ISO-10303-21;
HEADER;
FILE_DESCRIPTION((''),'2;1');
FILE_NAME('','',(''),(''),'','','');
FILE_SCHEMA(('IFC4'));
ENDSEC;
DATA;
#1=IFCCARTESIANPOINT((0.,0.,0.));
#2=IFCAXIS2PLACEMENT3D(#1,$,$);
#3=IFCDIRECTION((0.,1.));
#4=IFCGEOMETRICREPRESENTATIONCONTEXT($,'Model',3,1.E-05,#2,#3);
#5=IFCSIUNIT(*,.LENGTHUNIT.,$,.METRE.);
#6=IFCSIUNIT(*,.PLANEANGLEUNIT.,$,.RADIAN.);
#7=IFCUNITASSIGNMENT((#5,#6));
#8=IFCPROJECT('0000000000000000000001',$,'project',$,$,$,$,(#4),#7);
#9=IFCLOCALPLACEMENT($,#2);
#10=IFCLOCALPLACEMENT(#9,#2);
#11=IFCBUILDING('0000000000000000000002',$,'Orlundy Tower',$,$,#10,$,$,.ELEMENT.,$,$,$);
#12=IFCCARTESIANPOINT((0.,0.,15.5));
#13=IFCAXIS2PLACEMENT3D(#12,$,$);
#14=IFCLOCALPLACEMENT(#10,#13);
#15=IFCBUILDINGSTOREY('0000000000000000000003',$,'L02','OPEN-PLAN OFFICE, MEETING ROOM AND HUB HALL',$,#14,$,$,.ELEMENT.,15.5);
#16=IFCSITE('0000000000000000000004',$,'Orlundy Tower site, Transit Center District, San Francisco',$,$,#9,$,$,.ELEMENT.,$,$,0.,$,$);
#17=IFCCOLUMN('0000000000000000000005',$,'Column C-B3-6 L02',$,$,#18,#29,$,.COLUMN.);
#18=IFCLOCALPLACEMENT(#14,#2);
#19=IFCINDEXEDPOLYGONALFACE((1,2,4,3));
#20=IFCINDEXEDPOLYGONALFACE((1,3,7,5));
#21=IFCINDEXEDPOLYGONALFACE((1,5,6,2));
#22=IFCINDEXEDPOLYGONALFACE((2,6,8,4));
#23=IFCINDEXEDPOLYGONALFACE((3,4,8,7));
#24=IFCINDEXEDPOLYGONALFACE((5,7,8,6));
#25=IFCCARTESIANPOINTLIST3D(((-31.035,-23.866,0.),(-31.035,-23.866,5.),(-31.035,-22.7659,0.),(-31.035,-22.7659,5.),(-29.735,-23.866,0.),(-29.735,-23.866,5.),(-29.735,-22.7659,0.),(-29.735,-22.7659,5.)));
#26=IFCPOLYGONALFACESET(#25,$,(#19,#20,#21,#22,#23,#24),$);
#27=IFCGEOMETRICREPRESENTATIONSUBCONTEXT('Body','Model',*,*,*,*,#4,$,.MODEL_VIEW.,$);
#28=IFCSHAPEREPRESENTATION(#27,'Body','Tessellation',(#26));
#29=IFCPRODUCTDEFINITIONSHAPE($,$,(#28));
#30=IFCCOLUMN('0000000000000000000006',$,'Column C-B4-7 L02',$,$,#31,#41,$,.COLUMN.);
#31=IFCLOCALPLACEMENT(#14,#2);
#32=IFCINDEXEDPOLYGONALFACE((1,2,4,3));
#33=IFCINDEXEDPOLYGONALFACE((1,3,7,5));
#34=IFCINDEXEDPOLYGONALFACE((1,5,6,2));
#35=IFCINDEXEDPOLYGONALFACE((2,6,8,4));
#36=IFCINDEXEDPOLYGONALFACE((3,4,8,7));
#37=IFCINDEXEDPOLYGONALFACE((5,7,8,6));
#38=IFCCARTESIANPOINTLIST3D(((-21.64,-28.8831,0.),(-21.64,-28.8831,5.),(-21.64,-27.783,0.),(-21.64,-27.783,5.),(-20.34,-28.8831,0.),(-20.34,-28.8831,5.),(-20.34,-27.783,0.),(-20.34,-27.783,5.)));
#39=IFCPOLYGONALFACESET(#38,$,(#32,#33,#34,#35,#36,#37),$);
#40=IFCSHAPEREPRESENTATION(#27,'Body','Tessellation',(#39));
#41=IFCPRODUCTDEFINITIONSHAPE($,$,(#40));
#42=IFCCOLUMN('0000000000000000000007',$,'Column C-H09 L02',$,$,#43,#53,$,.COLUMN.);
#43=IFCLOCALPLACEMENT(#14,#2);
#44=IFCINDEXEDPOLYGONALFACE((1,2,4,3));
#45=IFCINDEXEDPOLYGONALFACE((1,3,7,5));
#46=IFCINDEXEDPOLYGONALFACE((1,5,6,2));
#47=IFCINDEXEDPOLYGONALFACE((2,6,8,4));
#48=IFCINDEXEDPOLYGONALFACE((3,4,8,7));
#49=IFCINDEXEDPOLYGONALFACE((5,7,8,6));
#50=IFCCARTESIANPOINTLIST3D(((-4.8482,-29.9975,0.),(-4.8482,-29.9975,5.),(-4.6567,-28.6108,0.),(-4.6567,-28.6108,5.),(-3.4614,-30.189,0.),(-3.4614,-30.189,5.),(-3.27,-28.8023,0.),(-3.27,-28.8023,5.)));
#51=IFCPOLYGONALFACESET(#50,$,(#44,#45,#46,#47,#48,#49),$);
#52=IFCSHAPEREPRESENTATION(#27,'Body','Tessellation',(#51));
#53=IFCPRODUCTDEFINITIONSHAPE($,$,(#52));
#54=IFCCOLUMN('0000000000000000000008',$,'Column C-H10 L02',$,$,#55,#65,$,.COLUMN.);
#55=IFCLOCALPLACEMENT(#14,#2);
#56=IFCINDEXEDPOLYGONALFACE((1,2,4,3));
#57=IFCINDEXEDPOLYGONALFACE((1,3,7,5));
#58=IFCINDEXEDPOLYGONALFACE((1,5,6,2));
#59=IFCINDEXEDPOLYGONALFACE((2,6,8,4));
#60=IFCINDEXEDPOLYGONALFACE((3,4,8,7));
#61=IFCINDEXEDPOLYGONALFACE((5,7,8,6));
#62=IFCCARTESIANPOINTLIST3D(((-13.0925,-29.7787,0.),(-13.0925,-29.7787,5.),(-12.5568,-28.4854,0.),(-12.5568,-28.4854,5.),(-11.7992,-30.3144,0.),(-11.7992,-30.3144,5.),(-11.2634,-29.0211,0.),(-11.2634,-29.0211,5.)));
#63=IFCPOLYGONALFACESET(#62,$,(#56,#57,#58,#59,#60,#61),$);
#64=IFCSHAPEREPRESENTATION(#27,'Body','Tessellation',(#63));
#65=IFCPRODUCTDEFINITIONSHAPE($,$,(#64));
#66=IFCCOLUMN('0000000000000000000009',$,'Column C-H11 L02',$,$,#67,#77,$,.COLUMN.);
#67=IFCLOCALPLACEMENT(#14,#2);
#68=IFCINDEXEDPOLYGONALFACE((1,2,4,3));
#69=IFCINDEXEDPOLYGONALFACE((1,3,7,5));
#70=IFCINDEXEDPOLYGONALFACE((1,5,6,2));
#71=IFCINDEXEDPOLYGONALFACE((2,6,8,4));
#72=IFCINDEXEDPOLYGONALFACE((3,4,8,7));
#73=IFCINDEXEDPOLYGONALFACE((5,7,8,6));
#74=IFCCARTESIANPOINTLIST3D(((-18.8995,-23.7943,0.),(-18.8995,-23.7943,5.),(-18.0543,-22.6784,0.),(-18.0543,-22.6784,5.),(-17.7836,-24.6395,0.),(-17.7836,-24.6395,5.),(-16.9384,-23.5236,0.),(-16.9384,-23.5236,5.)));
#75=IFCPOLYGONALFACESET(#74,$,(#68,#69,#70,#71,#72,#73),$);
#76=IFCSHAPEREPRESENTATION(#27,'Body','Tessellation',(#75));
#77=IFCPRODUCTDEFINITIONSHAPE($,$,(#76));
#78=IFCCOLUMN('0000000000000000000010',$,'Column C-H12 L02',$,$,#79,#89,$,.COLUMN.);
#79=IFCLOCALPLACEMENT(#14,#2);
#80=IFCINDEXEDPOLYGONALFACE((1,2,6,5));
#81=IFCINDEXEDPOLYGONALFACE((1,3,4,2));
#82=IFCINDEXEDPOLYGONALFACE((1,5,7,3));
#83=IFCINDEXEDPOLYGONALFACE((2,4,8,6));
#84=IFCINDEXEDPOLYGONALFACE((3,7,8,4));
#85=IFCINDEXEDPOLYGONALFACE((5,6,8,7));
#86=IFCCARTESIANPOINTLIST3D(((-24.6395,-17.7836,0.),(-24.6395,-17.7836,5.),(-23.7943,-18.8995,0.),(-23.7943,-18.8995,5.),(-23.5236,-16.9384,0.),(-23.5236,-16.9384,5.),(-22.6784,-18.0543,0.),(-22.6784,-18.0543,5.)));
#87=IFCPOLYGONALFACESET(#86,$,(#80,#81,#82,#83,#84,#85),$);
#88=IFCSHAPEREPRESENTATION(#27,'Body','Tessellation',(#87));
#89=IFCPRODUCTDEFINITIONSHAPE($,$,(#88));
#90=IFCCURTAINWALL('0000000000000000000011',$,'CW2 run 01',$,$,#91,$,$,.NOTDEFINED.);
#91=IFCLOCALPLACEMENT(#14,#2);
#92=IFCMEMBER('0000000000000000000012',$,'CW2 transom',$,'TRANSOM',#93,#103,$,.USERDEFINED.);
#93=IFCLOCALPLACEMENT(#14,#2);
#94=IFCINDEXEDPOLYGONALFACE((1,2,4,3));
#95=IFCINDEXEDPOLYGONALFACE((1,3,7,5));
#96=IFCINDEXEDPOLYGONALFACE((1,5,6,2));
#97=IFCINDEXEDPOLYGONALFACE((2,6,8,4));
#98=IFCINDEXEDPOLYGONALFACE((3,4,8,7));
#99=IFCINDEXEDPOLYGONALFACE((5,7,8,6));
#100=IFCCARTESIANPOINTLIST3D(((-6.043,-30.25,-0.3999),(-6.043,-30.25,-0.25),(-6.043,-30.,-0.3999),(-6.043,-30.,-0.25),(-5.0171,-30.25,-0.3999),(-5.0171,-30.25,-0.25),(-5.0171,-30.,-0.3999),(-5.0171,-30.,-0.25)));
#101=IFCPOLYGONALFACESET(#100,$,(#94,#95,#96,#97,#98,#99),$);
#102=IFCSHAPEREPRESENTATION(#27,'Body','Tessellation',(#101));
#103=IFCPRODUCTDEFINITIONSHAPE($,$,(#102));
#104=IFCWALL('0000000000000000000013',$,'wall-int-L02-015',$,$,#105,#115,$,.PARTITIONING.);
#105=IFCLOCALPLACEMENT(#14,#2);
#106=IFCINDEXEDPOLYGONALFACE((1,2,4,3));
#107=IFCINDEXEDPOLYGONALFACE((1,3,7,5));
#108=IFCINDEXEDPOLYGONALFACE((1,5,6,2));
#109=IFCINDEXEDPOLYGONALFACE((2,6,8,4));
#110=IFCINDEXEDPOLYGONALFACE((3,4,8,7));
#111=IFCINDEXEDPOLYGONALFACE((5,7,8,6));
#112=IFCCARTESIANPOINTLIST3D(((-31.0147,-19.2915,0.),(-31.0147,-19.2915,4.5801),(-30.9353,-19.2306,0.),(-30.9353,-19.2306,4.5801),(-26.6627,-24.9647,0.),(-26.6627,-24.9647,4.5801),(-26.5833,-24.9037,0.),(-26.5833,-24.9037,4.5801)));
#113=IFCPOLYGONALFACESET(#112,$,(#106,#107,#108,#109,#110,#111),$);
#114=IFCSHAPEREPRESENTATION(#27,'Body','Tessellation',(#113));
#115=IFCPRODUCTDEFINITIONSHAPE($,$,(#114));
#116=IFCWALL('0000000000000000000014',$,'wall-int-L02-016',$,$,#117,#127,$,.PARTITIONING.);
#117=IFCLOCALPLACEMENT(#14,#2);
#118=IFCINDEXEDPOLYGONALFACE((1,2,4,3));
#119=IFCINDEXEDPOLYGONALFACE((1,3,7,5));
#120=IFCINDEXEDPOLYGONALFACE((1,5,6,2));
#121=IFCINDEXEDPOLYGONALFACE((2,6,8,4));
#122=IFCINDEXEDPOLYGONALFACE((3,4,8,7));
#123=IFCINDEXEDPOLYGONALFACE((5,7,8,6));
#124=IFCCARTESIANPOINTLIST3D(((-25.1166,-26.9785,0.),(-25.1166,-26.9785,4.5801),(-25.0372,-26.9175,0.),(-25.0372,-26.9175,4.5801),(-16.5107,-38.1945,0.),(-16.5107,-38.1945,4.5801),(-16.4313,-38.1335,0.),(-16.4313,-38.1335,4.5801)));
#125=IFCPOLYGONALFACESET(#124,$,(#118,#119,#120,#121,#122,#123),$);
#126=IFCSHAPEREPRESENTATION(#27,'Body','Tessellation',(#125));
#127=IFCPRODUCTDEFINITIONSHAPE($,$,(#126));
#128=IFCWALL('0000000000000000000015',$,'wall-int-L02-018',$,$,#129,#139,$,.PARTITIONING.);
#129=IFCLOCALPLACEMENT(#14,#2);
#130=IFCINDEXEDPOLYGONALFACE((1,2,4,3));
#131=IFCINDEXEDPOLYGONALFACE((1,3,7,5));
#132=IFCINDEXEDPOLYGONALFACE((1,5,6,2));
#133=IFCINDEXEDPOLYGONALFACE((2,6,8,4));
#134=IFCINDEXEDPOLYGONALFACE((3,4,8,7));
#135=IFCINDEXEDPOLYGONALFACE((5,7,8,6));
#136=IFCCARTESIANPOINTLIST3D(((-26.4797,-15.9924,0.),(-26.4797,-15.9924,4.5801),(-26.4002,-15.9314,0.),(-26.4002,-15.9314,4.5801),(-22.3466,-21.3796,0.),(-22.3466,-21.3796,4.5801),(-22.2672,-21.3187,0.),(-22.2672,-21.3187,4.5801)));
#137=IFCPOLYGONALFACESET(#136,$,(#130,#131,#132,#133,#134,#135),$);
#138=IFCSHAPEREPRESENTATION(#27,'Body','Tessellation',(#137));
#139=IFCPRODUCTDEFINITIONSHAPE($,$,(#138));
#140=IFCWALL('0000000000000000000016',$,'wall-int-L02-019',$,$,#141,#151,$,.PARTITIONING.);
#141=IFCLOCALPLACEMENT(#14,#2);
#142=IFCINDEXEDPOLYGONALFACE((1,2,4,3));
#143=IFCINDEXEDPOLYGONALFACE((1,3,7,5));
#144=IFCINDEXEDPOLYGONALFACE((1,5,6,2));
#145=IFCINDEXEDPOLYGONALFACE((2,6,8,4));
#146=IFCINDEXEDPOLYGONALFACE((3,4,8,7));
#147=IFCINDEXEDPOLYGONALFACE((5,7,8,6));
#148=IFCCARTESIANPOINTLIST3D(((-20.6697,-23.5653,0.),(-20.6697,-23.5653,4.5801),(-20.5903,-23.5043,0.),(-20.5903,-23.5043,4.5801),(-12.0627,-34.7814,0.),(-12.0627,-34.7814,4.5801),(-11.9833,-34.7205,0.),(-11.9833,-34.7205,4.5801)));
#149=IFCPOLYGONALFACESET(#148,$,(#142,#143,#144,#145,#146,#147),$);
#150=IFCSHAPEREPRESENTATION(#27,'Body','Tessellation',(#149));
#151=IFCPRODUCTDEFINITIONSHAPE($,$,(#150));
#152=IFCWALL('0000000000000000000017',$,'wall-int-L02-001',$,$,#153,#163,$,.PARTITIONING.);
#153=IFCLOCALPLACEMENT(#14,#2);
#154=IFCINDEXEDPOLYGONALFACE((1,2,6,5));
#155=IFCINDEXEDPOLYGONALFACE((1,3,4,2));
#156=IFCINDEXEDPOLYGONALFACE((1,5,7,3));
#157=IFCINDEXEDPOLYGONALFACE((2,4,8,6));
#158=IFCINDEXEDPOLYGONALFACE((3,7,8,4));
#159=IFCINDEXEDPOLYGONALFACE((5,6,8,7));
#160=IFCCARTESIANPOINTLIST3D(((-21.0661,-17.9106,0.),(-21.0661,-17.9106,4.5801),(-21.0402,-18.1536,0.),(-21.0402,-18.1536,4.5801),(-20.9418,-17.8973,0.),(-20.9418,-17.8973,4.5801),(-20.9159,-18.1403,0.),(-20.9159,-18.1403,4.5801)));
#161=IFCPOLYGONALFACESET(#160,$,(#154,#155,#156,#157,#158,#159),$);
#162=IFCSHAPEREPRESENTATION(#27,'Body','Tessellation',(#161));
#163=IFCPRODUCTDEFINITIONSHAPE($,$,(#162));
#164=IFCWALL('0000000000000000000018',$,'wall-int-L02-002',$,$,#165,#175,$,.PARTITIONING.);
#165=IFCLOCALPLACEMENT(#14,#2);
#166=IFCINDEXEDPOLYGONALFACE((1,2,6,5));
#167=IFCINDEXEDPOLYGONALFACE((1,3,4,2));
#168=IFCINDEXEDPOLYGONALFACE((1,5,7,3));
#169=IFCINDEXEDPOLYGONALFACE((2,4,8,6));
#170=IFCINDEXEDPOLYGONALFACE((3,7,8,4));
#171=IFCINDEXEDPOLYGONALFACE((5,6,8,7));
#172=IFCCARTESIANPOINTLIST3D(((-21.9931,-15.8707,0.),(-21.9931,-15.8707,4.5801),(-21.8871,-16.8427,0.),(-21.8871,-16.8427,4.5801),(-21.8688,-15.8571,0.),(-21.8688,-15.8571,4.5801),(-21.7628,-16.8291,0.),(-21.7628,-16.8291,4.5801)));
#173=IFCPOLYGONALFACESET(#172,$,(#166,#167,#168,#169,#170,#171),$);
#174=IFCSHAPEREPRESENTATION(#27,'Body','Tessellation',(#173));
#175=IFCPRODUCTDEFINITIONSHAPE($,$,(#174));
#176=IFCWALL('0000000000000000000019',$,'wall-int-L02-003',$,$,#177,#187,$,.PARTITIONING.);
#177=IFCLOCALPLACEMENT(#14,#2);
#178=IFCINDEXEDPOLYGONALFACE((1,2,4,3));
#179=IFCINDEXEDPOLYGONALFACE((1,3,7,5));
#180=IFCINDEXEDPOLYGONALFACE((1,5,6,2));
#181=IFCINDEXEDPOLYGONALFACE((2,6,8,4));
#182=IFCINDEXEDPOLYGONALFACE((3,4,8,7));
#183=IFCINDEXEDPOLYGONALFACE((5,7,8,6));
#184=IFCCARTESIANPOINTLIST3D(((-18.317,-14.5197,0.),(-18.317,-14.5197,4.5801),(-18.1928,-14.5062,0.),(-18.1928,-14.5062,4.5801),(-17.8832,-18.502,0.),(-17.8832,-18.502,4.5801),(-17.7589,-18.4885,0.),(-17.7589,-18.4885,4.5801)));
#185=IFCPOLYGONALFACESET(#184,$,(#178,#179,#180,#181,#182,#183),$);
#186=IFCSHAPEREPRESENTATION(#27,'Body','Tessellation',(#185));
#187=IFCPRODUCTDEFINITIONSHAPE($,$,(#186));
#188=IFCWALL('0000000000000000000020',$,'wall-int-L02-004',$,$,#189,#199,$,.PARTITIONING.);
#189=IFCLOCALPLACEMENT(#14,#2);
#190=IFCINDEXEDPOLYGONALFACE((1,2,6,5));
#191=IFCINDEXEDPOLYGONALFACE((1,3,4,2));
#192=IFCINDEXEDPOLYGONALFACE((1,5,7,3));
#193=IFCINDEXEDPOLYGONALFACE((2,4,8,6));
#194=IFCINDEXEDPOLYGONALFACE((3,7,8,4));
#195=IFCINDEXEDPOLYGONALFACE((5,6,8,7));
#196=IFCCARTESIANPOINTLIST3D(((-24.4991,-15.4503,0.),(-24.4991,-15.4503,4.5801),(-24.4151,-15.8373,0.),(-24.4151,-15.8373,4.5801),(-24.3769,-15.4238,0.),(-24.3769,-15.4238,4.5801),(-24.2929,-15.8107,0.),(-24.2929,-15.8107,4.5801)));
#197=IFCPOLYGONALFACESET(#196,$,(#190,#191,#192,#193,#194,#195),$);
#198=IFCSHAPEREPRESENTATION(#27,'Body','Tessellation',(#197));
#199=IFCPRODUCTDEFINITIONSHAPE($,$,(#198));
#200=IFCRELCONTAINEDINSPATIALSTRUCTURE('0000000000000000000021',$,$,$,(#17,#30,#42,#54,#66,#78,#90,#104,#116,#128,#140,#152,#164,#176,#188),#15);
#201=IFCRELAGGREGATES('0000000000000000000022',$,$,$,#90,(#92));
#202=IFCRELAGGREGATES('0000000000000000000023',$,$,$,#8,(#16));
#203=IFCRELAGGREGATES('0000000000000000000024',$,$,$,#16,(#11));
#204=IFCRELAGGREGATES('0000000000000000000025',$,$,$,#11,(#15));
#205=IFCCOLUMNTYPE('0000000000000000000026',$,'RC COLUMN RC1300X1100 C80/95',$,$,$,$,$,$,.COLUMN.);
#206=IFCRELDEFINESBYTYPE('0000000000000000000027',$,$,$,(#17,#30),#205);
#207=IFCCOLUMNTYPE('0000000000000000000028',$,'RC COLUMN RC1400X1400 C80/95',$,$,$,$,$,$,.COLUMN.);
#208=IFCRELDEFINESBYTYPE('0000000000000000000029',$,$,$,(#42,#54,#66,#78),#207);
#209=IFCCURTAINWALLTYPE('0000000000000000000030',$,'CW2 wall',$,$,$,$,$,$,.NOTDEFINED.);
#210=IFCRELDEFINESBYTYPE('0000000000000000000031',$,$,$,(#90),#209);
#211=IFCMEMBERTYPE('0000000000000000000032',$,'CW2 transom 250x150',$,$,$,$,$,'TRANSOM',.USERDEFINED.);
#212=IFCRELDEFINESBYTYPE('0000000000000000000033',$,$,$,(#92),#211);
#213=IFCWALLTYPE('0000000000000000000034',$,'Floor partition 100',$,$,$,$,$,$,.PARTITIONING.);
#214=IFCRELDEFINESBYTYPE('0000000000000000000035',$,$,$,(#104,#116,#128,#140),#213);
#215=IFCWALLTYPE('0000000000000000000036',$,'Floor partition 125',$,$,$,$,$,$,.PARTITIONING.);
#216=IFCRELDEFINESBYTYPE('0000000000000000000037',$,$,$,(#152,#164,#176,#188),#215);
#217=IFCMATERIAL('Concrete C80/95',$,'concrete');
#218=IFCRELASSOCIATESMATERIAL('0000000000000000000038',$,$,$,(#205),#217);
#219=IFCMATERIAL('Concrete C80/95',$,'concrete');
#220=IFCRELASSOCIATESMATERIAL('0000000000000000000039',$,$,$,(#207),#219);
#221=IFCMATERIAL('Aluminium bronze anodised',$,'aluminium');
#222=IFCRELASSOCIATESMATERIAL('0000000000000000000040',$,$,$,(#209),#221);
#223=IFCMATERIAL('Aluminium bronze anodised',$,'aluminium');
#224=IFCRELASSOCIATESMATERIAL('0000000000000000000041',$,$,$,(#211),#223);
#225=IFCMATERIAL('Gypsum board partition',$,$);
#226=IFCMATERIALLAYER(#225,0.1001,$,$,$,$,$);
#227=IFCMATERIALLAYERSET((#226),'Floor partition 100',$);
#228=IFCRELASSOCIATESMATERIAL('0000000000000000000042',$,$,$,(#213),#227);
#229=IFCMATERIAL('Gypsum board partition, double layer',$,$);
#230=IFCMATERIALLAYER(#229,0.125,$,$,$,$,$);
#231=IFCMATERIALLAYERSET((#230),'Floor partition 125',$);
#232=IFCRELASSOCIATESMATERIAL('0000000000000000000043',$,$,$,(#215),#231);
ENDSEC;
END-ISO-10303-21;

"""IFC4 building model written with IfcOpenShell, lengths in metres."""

from ifc_helpers import new_model, si_unit, direction, frame, frame_2d, origin, origin_2d, place, context, subcontext, project, spatial, rectangle, extrude, material, layer, layer_set, material_profile, profile_set, type_object, element, aggregate, save


model = new_model("IFC4")

# Units and contexts
model_context = context("Model", 3, precision=1e-05, world=origin(), true_north=direction((0.0, 1.0)))
body_context = subcontext(model_context, "Body", "Model", "MODEL_VIEW")
ifc_project = project(units=[si_unit("LENGTHUNIT", "METRE"), si_unit("PLANEANGLEUNIT", "RADIAN")], contexts=[model_context])

# Site, building, storey
site_placement = place(None, origin())
site = spatial("IfcSite", under=ifc_project, at=site_placement, Name="Orlundy Tower site, Transit Center District, San Francisco", CompositionType="ELEMENT", RefElevation=0.0)
building_placement = place(site_placement, origin())
building = spatial("IfcBuilding", under=site, at=building_placement, Name="Orlundy Tower", CompositionType="ELEMENT")
storey_placement = place(building_placement, frame((0.0, 0.0, 15.5)))
storey = spatial("IfcBuildingStorey", under=building, at=storey_placement, Name="L02", Description="OPEN-PLAN OFFICE, MEETING ROOM AND HUB HALL", CompositionType="ELEMENT", Elevation=15.5)

# Columns
ifc_material_1 = material(Name="Concrete C80/95", Category="concrete")
ifc_material_profile_1 = material_profile(ifc_material_1, rectangle(XDim=1.3, YDim=1.1001, at=origin_2d()), Name="RC1300X1100")
ifc_profile_set_1 = profile_set([ifc_material_profile_1], Name="Concrete C80/95")
column_type_1 = type_object("IfcColumnType", Name="RC COLUMN RC1300X1100 C80/95", PredefinedType="COLUMN", material=ifc_profile_set_1)
for number, where, z_axis, x_axis, name in (
    (1, (-30.385, -23.3159, 0.0), (0.0, 0.0, 1.0), (1.0, 0.0, 0.0), "Column C-B3-6 L02"),
    (2, (-20.99, -28.333, 0.0), (0.0, 0.0, 1.0), (1.0, 0.0, 0.0), "Column C-B4-7 L02"),
):
    element("IfcColumn", number, at=place(storey_placement, frame(where, z_axis=z_axis, x_axis=x_axis)), inside=storey, type_object=column_type_1, Name=name, PredefinedType="COLUMN", context=body_context, shape_type="SweptSolid", body=[
        extrude(rectangle(XDim=1.3, YDim=1.1001, at=origin_2d()), origin(), (0.0, 0.0, 1.0), 5.0),
    ])
ifc_material_2 = material(Name="Concrete C80/95", Category="concrete")
ifc_material_profile_2 = material_profile(ifc_material_2, rectangle(XDim=1.3999, YDim=1.3999, at=origin_2d()), Name="RC1400X1400")
ifc_profile_set_2 = profile_set([ifc_material_profile_2], Name="Concrete C80/95")
column_type_2 = type_object("IfcColumnType", Name="RC COLUMN RC1400X1400 C80/95", PredefinedType="COLUMN", material=ifc_profile_set_2)
for number, where, z_axis, x_axis, name in (
    (3, (-4.0591, -29.3999, 0.0), (0.0, 0.0, 1.0), (-0.13677, -0.990603, 0.0), "Column C-H09 L02"),
    (4, (-12.178, -29.3999, 0.0), (0.0, 0.0, 1.0), (-0.382683, -0.92388, 0.0), "Column C-H10 L02"),
    (5, (-17.9189, -23.6589, 0.0), (0.0, 0.0, 1.0), (-0.603765, -0.797163, 0.0), "Column C-H11 L02"),
    (6, (-23.6589, -17.9189, 0.0), (0.0, 0.0, 1.0), (-0.797163, -0.603765, 0.0), "Column C-H12 L02"),
):
    element("IfcColumn", number, at=place(storey_placement, frame(where, z_axis=z_axis, x_axis=x_axis)), inside=storey, type_object=column_type_2, Name=name, PredefinedType="COLUMN", context=body_context, shape_type="SweptSolid", body=[
        extrude(rectangle(XDim=1.3999, YDim=1.3999, at=origin_2d()), origin(), (0.0, 0.0, 1.0), 5.0),
    ])

# Curtain wall, member
ifc_material_3 = material(Name="Aluminium bronze anodised", Category="aluminium")
curtain_wall_type = type_object("IfcCurtainWallType", Name="CW2 wall", PredefinedType="NOTDEFINED", material=ifc_material_3)
curtain_wall_placement = place(storey_placement, origin())
curtain_wall = element("IfcCurtainWall", 7, at=curtain_wall_placement, inside=storey, type_object=curtain_wall_type, Name="CW2 run 01", PredefinedType="NOTDEFINED")
ifc_material_4 = material(Name="Aluminium bronze anodised", Category="aluminium")
ifc_material_profile_3 = material_profile(ifc_material_4, rectangle(XDim=0.25, YDim=0.1499, at=origin_2d()), Name="CW2 transom 250x150")
ifc_profile_set_3 = profile_set([ifc_material_profile_3], Name="Aluminium bronze anodised")
member_type = type_object("IfcMemberType", Name="CW2 transom 250x150", ElementType="TRANSOM", PredefinedType="USERDEFINED", material=ifc_profile_set_3)
member_placement = place(storey_placement, frame((-5.0171, -30.125, -0.325), z_axis=(-1.0, 0.0, 0.0), x_axis=(0.0, -1.0, 0.0)))
member = element("IfcMember", 8, at=member_placement, type_object=member_type, Name="CW2 transom", ObjectType="TRANSOM", PredefinedType="USERDEFINED", context=body_context, shape_type="SweptSolid", body=[
    extrude(rectangle(XDim=0.25, YDim=0.1499, at=origin_2d()), origin(), (0.0, 0.0, 1.0), 1.0259),
])
aggregate(curtain_wall, [member])

# Walls
ifc_material_5 = material(Name="Gypsum board partition")
ifc_layer_1 = layer(ifc_material_5, 0.1001)
ifc_layer_set_1 = layer_set([ifc_layer_1], Name="Floor partition 100")
wall_type_1 = type_object("IfcWallType", Name="Floor partition 100", PredefinedType="PARTITIONING", material=ifc_layer_set_1)
wall_1_placement = place(storey_placement, frame((-30.9751, -19.261, 0.0), z_axis=(0.0, 0.0, 1.0), x_axis=(0.608667, -0.793426, 0.0)))
element("IfcWall", 9, at=wall_1_placement, inside=storey, type_object=wall_type_1, Name="wall-int-L02-015", PredefinedType="PARTITIONING", context=body_context, shape_type="SweptSolid", body=[
    extrude(rectangle(XDim=7.1501, YDim=0.1001, at=frame_2d((3.5752, 0.0))), origin(), (0.0, 0.0, 1.0), 4.5801),
])
wall_2_placement = place(storey_placement, frame((-25.0769, -26.948, 0.0), z_axis=(0.0, 0.0, 1.0), x_axis=(0.608742, -0.793368, 0.0)))
element("IfcWall", 10, at=wall_2_placement, inside=storey, type_object=wall_type_1, Name="wall-int-L02-016", PredefinedType="PARTITIONING", context=body_context, shape_type="SweptSolid", body=[
    extrude(rectangle(XDim=14.1372, YDim=0.1001, at=frame_2d((7.0686, 0.0))), origin(), (0.0, 0.0, 1.0), 4.5801),
])
wall_3_placement = place(storey_placement, frame((-26.4399, -15.9619, 0.0), z_axis=(0.0, 0.0, 1.0), x_axis=(0.608697, -0.793403, 0.0)))
element("IfcWall", 11, at=wall_3_placement, inside=storey, type_object=wall_type_1, Name="wall-int-L02-018", PredefinedType="PARTITIONING", context=body_context, shape_type="SweptSolid", body=[
    extrude(rectangle(XDim=6.79, YDim=0.1001, at=frame_2d((3.395, 0.0))), origin(), (0.0, 0.0, 1.0), 4.5801),
])
wall_4_placement = place(storey_placement, frame((-20.6299, -23.5349, 0.0), z_axis=(0.0, 0.0, 1.0), x_axis=(0.608786, -0.793335, 0.0)))
element("IfcWall", 12, at=wall_4_placement, inside=storey, type_object=wall_type_1, Name="wall-int-L02-019", PredefinedType="PARTITIONING", context=body_context, shape_type="SweptSolid", body=[
    extrude(rectangle(XDim=14.1379, YDim=0.1001, at=frame_2d((7.0688, 0.0))), origin(), (0.0, 0.0, 1.0), 4.5801),
])
ifc_material_6 = material(Name="Gypsum board partition, double layer")
ifc_layer_2 = layer(ifc_material_6, 0.125)
ifc_layer_set_2 = layer_set([ifc_layer_2], Name="Floor partition 125")
wall_type_2 = type_object("IfcWallType", Name="Floor partition 125", PredefinedType="PARTITIONING", material=ifc_layer_set_2)
wall_5_placement = place(storey_placement, frame((-21.0039, -17.9041, 0.0), z_axis=(0.0, 0.0, 1.0), x_axis=(0.105933, -0.994373, 0.0)))
element("IfcWall", 13, at=wall_5_placement, inside=storey, type_object=wall_type_2, Name="wall-int-L02-001", PredefinedType="PARTITIONING", context=body_context, shape_type="SweptSolid", body=[
    extrude(rectangle(XDim=0.2444, YDim=0.125, at=frame_2d((0.1221, 0.0))), origin(), (0.0, 0.0, 1.0), 4.5801),
])
wall_6_placement = place(storey_placement, frame((-21.9309, -15.864, 0.0), z_axis=(0.0, 0.0, 1.0), x_axis=(0.108376, -0.99411, 0.0)))
element("IfcWall", 14, at=wall_6_placement, inside=storey, type_object=wall_type_2, Name="wall-int-L02-002", PredefinedType="PARTITIONING", context=body_context, shape_type="SweptSolid", body=[
    extrude(rectangle(XDim=0.9778, YDim=0.125, at=frame_2d((0.4888, 0.0))), origin(), (0.0, 0.0, 1.0), 4.5801),
])
wall_7_placement = place(storey_placement, frame((-18.2549, -14.5129, 0.0), z_axis=(0.0, 0.0, 1.0), x_axis=(0.108304, -0.994118, 0.0)))
element("IfcWall", 15, at=wall_7_placement, inside=storey, type_object=wall_type_2, Name="wall-int-L02-003", PredefinedType="PARTITIONING", context=body_context, shape_type="SweptSolid", body=[
    extrude(rectangle(XDim=4.0059, YDim=0.125, at=frame_2d((2.0029, 0.0))), origin(), (0.0, 0.0, 1.0), 4.5801),
])
wall_8_placement = place(storey_placement, frame((-24.438, -15.437, 0.0), z_axis=(0.0, 0.0, 1.0), x_axis=(0.212097, -0.977249, 0.0)))
element("IfcWall", 16, at=wall_8_placement, inside=storey, type_object=wall_type_2, Name="wall-int-L02-004", PredefinedType="PARTITIONING", context=body_context, shape_type="SweptSolid", body=[
    extrude(rectangle(XDim=0.396, YDim=0.125, at=frame_2d((0.198, 0.0))), origin(), (0.0, 0.0, 1.0), 4.5801),
])

save(model, "model.ifc")
